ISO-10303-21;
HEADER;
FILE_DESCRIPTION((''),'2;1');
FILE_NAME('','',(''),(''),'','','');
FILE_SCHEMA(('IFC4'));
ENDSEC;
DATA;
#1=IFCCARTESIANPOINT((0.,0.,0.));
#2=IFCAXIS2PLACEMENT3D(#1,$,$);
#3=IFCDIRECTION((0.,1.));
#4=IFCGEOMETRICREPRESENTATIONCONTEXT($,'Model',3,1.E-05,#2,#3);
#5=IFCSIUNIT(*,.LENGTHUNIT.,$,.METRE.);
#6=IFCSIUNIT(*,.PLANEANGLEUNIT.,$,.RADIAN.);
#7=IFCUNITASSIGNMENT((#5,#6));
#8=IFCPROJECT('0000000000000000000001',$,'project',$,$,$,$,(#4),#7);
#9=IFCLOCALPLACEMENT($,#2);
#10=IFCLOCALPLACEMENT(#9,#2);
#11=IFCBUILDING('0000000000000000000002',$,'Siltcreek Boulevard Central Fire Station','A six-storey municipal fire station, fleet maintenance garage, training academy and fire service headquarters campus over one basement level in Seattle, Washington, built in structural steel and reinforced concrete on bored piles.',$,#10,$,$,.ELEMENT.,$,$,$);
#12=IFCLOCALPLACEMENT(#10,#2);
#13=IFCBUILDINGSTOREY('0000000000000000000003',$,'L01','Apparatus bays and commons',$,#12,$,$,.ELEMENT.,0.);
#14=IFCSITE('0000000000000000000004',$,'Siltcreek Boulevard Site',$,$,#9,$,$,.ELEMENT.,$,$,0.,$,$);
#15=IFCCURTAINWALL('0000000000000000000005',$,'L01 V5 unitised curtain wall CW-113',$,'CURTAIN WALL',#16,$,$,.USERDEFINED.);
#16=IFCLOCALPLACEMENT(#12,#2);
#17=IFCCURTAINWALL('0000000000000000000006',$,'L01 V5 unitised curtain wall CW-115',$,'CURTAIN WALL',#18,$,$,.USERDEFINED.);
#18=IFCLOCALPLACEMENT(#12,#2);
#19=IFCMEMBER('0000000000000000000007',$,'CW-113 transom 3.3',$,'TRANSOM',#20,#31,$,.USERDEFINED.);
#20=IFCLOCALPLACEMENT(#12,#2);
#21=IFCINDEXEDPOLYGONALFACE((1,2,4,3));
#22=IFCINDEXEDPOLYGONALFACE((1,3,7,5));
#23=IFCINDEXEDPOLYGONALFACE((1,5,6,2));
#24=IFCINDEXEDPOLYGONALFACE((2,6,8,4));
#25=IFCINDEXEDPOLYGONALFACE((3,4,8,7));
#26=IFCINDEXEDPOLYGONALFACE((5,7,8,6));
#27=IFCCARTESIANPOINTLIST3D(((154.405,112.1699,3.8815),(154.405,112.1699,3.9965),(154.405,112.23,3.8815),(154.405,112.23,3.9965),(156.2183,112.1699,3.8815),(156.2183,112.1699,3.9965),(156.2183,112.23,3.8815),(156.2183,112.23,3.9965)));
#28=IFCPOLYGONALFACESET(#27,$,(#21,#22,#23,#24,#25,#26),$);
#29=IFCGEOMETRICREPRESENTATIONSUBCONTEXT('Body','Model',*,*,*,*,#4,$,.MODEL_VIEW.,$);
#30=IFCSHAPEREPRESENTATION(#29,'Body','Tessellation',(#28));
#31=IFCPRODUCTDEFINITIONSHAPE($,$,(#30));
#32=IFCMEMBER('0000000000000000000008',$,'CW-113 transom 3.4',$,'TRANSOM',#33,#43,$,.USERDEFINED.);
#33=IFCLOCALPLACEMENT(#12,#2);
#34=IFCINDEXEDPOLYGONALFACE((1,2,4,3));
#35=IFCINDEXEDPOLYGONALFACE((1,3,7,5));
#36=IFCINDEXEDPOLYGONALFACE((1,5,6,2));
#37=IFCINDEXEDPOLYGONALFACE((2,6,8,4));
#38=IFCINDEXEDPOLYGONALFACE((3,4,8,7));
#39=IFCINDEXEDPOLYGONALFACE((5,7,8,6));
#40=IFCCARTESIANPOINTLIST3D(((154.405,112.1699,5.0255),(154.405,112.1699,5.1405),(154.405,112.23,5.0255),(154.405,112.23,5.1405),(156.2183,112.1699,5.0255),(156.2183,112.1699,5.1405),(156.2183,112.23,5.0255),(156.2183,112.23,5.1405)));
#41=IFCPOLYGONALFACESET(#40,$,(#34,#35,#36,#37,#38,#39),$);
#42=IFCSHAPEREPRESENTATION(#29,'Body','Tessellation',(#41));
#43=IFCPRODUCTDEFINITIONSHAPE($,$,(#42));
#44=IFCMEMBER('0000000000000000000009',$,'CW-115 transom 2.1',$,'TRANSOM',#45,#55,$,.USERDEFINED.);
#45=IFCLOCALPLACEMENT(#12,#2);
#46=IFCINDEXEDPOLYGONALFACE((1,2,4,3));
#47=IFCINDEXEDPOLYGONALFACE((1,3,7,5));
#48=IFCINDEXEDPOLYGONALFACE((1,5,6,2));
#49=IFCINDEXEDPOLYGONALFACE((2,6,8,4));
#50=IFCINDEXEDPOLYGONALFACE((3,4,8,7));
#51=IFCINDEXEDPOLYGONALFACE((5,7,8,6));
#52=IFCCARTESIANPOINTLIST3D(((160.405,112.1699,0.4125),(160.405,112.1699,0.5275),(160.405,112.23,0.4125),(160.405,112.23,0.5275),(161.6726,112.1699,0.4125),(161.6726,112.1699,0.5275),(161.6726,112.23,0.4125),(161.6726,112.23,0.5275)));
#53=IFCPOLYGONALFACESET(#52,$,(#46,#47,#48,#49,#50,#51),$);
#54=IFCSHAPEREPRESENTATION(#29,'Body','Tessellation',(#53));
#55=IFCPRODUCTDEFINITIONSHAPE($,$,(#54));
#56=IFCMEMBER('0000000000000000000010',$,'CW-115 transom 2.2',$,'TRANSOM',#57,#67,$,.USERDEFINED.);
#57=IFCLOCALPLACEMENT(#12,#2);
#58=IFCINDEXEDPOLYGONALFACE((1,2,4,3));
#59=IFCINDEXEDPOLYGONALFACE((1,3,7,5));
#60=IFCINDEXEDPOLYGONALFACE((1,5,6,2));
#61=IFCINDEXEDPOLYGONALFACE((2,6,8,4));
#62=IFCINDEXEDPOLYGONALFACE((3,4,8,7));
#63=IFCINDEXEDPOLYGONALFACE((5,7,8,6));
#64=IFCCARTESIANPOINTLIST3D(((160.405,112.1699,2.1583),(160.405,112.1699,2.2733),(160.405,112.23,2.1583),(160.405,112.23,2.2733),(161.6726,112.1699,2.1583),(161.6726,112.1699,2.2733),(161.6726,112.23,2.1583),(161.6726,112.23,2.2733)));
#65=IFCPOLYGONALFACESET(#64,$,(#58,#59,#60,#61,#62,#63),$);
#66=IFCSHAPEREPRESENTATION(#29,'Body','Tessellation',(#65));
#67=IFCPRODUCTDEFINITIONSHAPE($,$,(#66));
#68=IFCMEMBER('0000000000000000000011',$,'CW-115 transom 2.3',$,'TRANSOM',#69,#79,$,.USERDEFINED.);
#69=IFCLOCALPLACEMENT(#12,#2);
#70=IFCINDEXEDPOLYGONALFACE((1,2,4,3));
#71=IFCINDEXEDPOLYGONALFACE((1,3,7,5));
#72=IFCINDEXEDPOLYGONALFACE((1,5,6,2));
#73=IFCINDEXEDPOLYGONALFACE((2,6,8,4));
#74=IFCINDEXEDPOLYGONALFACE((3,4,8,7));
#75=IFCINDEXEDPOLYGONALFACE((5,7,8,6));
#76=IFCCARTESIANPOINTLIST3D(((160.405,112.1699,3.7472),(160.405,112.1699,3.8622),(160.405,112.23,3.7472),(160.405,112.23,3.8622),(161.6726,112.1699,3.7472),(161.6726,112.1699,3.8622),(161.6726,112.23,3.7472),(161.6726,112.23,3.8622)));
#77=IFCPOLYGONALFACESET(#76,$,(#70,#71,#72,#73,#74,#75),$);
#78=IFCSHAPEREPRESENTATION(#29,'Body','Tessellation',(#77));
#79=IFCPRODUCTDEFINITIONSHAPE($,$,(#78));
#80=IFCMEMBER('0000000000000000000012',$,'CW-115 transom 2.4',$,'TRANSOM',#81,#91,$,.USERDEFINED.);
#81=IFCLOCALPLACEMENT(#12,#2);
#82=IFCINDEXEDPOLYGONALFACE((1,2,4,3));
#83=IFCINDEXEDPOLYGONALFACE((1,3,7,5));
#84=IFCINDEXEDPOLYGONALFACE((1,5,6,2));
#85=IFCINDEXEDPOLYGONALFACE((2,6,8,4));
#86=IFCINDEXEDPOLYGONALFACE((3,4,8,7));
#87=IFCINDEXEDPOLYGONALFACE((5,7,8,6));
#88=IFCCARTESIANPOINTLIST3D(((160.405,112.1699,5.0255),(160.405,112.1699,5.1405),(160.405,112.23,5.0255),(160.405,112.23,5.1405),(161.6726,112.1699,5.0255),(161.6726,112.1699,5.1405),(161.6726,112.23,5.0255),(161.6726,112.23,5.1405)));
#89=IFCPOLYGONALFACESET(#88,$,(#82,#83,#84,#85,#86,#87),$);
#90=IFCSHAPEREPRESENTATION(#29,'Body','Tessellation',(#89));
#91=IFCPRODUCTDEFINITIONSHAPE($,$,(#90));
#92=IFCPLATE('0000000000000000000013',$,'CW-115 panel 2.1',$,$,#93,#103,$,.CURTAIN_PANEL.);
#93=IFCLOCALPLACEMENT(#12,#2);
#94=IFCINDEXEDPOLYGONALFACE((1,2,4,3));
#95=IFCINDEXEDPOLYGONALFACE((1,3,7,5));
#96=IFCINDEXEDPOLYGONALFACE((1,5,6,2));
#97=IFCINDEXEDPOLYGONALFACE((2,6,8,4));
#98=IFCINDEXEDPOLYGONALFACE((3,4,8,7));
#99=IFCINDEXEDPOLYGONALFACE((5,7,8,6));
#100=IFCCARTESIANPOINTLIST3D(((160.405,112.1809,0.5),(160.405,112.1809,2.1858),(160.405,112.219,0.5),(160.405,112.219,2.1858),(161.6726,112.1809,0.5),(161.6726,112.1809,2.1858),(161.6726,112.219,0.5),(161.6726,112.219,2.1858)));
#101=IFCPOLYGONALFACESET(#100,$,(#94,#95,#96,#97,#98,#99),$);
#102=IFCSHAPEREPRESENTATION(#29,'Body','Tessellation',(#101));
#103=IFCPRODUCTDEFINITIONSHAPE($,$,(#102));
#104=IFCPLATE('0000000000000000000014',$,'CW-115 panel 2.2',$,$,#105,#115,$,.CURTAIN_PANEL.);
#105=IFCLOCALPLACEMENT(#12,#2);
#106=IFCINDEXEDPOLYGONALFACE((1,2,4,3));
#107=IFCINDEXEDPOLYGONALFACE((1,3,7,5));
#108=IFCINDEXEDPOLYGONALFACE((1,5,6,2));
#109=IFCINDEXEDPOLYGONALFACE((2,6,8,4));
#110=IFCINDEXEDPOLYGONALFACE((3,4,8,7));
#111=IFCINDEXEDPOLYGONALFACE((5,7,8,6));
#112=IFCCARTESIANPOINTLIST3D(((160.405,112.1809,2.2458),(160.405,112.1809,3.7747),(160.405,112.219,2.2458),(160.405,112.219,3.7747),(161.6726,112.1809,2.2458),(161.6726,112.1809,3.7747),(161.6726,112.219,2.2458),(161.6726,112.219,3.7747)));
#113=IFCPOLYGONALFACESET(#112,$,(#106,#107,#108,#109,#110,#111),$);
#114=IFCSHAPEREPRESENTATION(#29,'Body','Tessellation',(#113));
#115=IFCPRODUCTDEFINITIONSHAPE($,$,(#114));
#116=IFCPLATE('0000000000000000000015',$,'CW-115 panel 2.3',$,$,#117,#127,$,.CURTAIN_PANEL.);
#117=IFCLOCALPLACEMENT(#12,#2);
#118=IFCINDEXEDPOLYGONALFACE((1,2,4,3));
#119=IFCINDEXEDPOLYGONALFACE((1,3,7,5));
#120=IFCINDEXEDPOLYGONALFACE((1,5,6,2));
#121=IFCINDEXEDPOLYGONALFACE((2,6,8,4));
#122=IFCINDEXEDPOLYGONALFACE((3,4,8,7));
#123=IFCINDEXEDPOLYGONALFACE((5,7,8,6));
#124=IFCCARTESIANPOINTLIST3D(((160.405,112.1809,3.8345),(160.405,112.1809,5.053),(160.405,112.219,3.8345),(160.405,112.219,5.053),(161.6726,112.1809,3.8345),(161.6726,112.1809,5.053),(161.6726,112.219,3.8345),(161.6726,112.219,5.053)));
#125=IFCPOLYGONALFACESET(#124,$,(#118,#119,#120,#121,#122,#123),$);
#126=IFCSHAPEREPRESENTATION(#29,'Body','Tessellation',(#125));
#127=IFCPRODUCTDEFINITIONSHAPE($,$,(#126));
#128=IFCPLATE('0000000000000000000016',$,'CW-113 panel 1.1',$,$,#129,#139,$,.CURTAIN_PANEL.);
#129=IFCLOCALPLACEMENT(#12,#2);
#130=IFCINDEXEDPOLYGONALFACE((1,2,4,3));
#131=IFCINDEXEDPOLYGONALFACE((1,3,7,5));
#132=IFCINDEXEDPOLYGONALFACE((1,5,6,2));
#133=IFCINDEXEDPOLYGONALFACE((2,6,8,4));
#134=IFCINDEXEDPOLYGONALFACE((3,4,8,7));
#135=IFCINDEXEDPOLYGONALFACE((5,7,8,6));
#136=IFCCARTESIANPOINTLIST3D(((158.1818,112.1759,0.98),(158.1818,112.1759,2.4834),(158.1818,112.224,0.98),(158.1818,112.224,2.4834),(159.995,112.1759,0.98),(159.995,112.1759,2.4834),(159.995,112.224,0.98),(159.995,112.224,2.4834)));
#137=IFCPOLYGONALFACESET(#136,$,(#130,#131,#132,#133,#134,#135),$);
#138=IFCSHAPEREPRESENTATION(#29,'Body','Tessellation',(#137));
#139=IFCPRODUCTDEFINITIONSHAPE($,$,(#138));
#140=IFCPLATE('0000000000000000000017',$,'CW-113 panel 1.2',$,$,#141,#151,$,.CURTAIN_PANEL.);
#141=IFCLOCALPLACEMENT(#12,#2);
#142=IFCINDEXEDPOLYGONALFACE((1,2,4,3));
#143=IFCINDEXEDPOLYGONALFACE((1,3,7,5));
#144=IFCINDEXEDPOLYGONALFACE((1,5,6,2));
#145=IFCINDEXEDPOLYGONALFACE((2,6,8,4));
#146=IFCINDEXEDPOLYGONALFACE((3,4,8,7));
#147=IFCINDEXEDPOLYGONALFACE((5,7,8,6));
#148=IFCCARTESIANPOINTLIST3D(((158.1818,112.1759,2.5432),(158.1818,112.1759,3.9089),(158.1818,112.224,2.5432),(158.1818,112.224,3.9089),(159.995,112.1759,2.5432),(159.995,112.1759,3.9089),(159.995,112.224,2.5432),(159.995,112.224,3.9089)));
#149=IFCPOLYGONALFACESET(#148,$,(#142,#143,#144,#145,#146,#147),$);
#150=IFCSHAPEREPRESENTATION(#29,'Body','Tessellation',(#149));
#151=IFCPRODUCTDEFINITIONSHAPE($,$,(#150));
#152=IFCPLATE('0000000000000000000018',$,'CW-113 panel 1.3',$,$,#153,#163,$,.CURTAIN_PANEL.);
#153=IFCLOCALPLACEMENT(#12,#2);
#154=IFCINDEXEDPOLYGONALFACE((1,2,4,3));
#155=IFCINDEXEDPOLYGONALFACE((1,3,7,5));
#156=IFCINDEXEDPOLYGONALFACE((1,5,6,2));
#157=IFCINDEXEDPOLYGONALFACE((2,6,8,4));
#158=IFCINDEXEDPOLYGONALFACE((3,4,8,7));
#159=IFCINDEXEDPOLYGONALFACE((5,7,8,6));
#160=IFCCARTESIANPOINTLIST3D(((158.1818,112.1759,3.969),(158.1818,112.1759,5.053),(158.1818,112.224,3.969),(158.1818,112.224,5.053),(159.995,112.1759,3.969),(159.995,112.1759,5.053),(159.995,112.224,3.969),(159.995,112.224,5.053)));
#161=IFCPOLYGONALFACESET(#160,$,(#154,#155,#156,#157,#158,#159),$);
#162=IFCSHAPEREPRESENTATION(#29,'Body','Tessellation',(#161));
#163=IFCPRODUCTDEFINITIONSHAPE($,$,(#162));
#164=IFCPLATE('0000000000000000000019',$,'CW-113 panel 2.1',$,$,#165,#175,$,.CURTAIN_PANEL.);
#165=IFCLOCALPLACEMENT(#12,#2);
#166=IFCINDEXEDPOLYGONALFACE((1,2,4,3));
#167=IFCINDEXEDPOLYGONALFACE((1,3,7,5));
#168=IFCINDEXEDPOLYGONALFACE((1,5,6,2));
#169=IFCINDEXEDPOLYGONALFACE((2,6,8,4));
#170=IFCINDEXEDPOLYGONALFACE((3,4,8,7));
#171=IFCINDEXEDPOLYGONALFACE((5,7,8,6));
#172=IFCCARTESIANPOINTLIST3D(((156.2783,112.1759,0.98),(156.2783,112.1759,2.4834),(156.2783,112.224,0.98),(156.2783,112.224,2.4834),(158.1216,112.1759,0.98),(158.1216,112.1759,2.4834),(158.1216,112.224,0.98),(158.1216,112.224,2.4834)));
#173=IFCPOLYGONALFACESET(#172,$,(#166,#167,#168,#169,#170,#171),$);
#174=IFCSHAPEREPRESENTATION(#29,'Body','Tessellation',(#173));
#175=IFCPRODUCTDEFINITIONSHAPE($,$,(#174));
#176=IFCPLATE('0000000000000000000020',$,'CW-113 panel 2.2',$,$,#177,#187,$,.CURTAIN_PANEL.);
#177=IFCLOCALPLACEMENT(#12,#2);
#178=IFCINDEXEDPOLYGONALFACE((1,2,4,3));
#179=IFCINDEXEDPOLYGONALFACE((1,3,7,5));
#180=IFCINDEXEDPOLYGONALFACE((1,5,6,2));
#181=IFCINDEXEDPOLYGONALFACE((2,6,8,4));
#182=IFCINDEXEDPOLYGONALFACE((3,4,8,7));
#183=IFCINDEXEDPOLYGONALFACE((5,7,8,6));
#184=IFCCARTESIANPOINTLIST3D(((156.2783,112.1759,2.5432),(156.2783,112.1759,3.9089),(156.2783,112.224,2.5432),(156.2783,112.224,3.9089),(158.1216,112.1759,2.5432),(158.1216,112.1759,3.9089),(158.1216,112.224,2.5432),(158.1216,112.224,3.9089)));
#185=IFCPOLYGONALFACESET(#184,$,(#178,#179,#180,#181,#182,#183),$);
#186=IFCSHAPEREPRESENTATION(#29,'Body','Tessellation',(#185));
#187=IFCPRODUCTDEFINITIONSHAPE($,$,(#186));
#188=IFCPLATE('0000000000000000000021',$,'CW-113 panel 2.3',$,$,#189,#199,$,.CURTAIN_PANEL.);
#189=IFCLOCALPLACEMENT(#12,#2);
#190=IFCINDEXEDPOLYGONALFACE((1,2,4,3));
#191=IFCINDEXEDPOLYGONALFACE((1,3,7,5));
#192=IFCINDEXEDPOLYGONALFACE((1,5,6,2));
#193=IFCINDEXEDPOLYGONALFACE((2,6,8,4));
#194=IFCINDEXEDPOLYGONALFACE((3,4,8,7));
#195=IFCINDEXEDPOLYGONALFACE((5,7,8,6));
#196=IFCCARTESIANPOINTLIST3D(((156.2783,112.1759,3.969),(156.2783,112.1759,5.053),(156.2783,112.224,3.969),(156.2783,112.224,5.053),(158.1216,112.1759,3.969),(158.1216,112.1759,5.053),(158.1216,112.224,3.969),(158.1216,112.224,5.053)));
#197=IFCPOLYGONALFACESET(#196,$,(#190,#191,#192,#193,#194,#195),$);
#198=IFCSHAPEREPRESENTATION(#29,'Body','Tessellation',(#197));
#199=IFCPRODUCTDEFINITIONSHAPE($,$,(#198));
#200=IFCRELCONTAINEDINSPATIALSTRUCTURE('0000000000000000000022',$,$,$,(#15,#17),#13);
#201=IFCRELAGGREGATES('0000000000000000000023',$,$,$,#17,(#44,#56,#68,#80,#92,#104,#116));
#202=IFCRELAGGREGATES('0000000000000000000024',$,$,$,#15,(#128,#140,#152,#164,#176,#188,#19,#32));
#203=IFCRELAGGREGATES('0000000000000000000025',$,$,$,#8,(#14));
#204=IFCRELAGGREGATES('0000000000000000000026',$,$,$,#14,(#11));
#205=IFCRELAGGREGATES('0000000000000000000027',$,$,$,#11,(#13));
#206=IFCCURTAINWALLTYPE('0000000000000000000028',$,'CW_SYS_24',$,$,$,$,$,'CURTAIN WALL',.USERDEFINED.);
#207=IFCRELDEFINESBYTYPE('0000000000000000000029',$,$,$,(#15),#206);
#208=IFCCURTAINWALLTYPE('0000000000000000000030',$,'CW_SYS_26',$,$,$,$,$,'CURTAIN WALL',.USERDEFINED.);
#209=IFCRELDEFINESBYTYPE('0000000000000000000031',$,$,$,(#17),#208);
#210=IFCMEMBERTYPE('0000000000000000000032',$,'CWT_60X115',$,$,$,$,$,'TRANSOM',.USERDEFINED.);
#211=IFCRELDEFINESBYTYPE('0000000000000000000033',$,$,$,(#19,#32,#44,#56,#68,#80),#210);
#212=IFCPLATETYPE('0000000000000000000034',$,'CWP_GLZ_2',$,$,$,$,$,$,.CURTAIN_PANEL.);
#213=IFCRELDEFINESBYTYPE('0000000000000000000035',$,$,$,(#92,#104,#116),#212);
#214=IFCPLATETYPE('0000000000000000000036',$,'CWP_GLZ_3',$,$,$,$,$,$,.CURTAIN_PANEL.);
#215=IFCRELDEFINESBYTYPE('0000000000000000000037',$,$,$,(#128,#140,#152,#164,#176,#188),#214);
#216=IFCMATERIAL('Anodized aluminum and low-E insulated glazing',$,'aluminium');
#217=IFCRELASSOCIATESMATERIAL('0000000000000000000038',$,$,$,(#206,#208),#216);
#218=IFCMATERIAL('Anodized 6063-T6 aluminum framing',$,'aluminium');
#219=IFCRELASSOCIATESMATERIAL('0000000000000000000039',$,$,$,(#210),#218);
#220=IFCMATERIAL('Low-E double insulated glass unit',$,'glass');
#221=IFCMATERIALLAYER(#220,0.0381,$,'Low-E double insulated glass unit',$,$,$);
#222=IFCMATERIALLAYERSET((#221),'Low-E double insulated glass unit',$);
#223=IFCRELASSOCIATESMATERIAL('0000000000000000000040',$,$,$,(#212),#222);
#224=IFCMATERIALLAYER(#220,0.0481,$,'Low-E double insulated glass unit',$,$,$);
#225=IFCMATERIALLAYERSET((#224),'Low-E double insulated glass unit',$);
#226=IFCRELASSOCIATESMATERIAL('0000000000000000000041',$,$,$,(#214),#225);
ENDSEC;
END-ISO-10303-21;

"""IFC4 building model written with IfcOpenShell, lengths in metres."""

from ifc_helpers import new_model, si_unit, direction, frame, origin, origin_2d, place, context, subcontext, project, spatial, rectangle, extrude, material, layer, layer_set, material_profile, profile_set, type_object, element, aggregate, save


model = new_model("IFC4")

# Units and contexts
model_context = context("Model", 3, precision=1e-05, world=origin(), true_north=direction((0.0, 1.0)))
body_context = subcontext(model_context, "Body", "Model", "MODEL_VIEW")
ifc_project = project(units=[si_unit("LENGTHUNIT", "METRE"), si_unit("PLANEANGLEUNIT", "RADIAN")], contexts=[model_context])

# Site, building, storey
site_placement = place(None, origin())
site = spatial("IfcSite", under=ifc_project, at=site_placement, Name="Siltcreek Boulevard Site", CompositionType="ELEMENT", RefElevation=0.0)
building_placement = place(site_placement, origin())
building = spatial("IfcBuilding", under=site, at=building_placement, Name="Siltcreek Boulevard Central Fire Station", Description="A six-storey municipal fire station, fleet maintenance garage, training academy and fire service headquarters campus over one basement level in Seattle, Washington, built in structural steel and reinforced concrete on bored piles.", CompositionType="ELEMENT")
storey_placement = place(building_placement, origin())
storey = spatial("IfcBuildingStorey", under=building, at=storey_placement, Name="L01", Description="Apparatus bays and commons", CompositionType="ELEMENT", Elevation=0.0)

# Curtain walls
ifc_material_1 = material(Name="Anodized aluminum and low-E insulated glazing", Category="aluminium")
curtain_wall_type_1 = type_object("IfcCurtainWallType", Name="CW_SYS_24", ElementType="CURTAIN WALL", PredefinedType="USERDEFINED", material=ifc_material_1)
curtain_wall_1_placement = place(storey_placement, origin())
curtain_wall_1 = element("IfcCurtainWall", 1, at=curtain_wall_1_placement, inside=storey, type_object=curtain_wall_type_1, Name="L01 V5 unitised curtain wall CW-113", ObjectType="CURTAIN WALL", PredefinedType="USERDEFINED")
ifc_material_2 = material(Name="Anodized 6063-T6 aluminum framing", Category="aluminium")
curtain_wall_type_2 = type_object("IfcCurtainWallType", Name="CW_SYS_26", ElementType="CURTAIN WALL", PredefinedType="USERDEFINED", material=ifc_material_1)
curtain_wall_2_placement = place(storey_placement, origin())
curtain_wall_2 = element("IfcCurtainWall", 2, at=curtain_wall_2_placement, inside=storey, type_object=curtain_wall_type_2, Name="L01 V5 unitised curtain wall CW-115", ObjectType="CURTAIN WALL", PredefinedType="USERDEFINED")

# Members
ifc_material_profile_1 = material_profile(ifc_material_2, rectangle(XDim=0.0601, YDim=0.115, at=origin_2d()), Name="TRAN60X115")
ifc_profile_set_1 = profile_set([ifc_material_profile_1], Name="Anodized 6063-T6 aluminum framing")
member_type_1 = type_object("IfcMemberType", Name="CWT_60X115", ElementType="TRANSOM", PredefinedType="USERDEFINED", material=ifc_profile_set_1)
member_1_placement = place(storey_placement, frame((156.2183, 112.2, 3.939), z_axis=(-1.0, 0.0, 0.0), x_axis=(0.0, -1.0, 0.0)))
member_1 = element("IfcMember", 3, at=member_1_placement, type_object=member_type_1, Name="CW-113 transom 3.3", ObjectType="TRANSOM", PredefinedType="USERDEFINED", context=body_context, shape_type="SweptSolid", body=[
    extrude(rectangle(XDim=0.0601, YDim=0.115, at=origin_2d()), origin(), (0.0, 0.0, 1.0), 1.8132),
])
member_2_placement = place(storey_placement, frame((156.2183, 112.2, 5.083), z_axis=(-1.0, 0.0, 0.0), x_axis=(0.0, -1.0, 0.0)))
member_2 = element("IfcMember", 4, at=member_2_placement, type_object=member_type_1, Name="CW-113 transom 3.4", ObjectType="TRANSOM", PredefinedType="USERDEFINED", context=body_context, shape_type="SweptSolid", body=[
    extrude(rectangle(XDim=0.0601, YDim=0.115, at=origin_2d()), origin(), (0.0, 0.0, 1.0), 1.8132),
])
member_3_placement = place(storey_placement, frame((161.6726, 112.2, 0.47), z_axis=(-1.0, 0.0, 0.0), x_axis=(0.0, -1.0, 0.0)))
member_3 = element("IfcMember", 5, at=member_3_placement, type_object=member_type_1, Name="CW-115 transom 2.1", ObjectType="TRANSOM", PredefinedType="USERDEFINED", context=body_context, shape_type="SweptSolid", body=[
    extrude(rectangle(XDim=0.0601, YDim=0.115, at=origin_2d()), origin(), (0.0, 0.0, 1.0), 1.2676),
])
member_4_placement = place(storey_placement, frame((161.6726, 112.2, 2.2158), z_axis=(-1.0, 0.0, 0.0), x_axis=(0.0, -1.0, 0.0)))
member_4 = element("IfcMember", 6, at=member_4_placement, type_object=member_type_1, Name="CW-115 transom 2.2", ObjectType="TRANSOM", PredefinedType="USERDEFINED", context=body_context, shape_type="SweptSolid", body=[
    extrude(rectangle(XDim=0.0601, YDim=0.115, at=origin_2d()), origin(), (0.0, 0.0, 1.0), 1.2676),
])
member_5_placement = place(storey_placement, frame((161.6726, 112.2, 3.8047), z_axis=(-1.0, 0.0, 0.0), x_axis=(0.0, -1.0, 0.0)))
member_5 = element("IfcMember", 7, at=member_5_placement, type_object=member_type_1, Name="CW-115 transom 2.3", ObjectType="TRANSOM", PredefinedType="USERDEFINED", context=body_context, shape_type="SweptSolid", body=[
    extrude(rectangle(XDim=0.0601, YDim=0.115, at=origin_2d()), origin(), (0.0, 0.0, 1.0), 1.2676),
])
member_6_placement = place(storey_placement, frame((161.6726, 112.2, 5.083), z_axis=(-1.0, 0.0, 0.0), x_axis=(0.0, -1.0, 0.0)))
member_6 = element("IfcMember", 8, at=member_6_placement, type_object=member_type_1, Name="CW-115 transom 2.4", ObjectType="TRANSOM", PredefinedType="USERDEFINED", context=body_context, shape_type="SweptSolid", body=[
    extrude(rectangle(XDim=0.0601, YDim=0.115, at=origin_2d()), origin(), (0.0, 0.0, 1.0), 1.2676),
])

# Plates
ifc_material_3 = material(Name="Low-E double insulated glass unit", Category="glass")
ifc_layer_1 = layer(ifc_material_3, 0.0381, Name="Low-E double insulated glass unit")
ifc_layer_set_1 = layer_set([ifc_layer_1], Name="Low-E double insulated glass unit")
plate_type_1 = type_object("IfcPlateType", Name="CWP_GLZ_2", PredefinedType="CURTAIN_PANEL", material=ifc_layer_set_1)
plate_1_placement = place(storey_placement, frame((161.0388, 112.2, 0.5), z_axis=(0.0, 0.0, 1.0), x_axis=(-1.0, 0.0, 0.0)))
plate_1 = element("IfcPlate", 9, at=plate_1_placement, type_object=plate_type_1, Name="CW-115 panel 2.1", PredefinedType="CURTAIN_PANEL", context=body_context, shape_type="SweptSolid", body=[
    extrude(rectangle(XDim=1.2676, YDim=0.0381, at=origin_2d()), origin(), (0.0, 0.0, 1.0), 1.6858),
])
plate_2_placement = place(storey_placement, frame((161.0388, 112.2, 2.2458), z_axis=(0.0, 0.0, 1.0), x_axis=(-1.0, 0.0, 0.0)))
plate_2 = element("IfcPlate", 10, at=plate_2_placement, type_object=plate_type_1, Name="CW-115 panel 2.2", PredefinedType="CURTAIN_PANEL", context=body_context, shape_type="SweptSolid", body=[
    extrude(rectangle(XDim=1.2676, YDim=0.0381, at=origin_2d()), origin(), (0.0, 0.0, 1.0), 1.5288),
])
plate_3_placement = place(storey_placement, frame((161.0388, 112.2, 3.8345), z_axis=(0.0, 0.0, 1.0), x_axis=(-1.0, 0.0, 0.0)))
plate_3 = element("IfcPlate", 11, at=plate_3_placement, type_object=plate_type_1, Name="CW-115 panel 2.3", PredefinedType="CURTAIN_PANEL", context=body_context, shape_type="SweptSolid", body=[
    extrude(rectangle(XDim=1.2676, YDim=0.0381, at=origin_2d()), origin(), (0.0, 0.0, 1.0), 1.2185),
])
aggregate(curtain_wall_2, [member_3, member_4, member_5, member_6, plate_1, plate_2, plate_3])
ifc_layer_2 = layer(ifc_material_3, 0.0481, Name="Low-E double insulated glass unit")
ifc_layer_set_2 = layer_set([ifc_layer_2], Name="Low-E double insulated glass unit")
plate_type_2 = type_object("IfcPlateType", Name="CWP_GLZ_3", PredefinedType="CURTAIN_PANEL", material=ifc_layer_set_2)
plate_4_placement = place(storey_placement, frame((159.0884, 112.2, 0.98), z_axis=(0.0, 0.0, 1.0), x_axis=(-1.0, 0.0, 0.0)))
plate_4 = element("IfcPlate", 12, at=plate_4_placement, type_object=plate_type_2, Name="CW-113 panel 1.1", PredefinedType="CURTAIN_PANEL", context=body_context, shape_type="SweptSolid", body=[
    extrude(rectangle(XDim=1.8132, YDim=0.0481, at=origin_2d()), origin(), (0.0, 0.0, 1.0), 1.5034),
])
plate_5_placement = place(storey_placement, frame((159.0884, 112.2, 2.5432), z_axis=(0.0, 0.0, 1.0), x_axis=(-1.0, 0.0, 0.0)))
plate_5 = element("IfcPlate", 13, at=plate_5_placement, type_object=plate_type_2, Name="CW-113 panel 1.2", PredefinedType="CURTAIN_PANEL", context=body_context, shape_type="SweptSolid", body=[
    extrude(rectangle(XDim=1.8132, YDim=0.0481, at=origin_2d()), origin(), (0.0, 0.0, 1.0), 1.3657),
])
plate_6_placement = place(storey_placement, frame((159.0884, 112.2, 3.969), z_axis=(0.0, 0.0, 1.0), x_axis=(-1.0, 0.0, 0.0)))
plate_6 = element("IfcPlate", 14, at=plate_6_placement, type_object=plate_type_2, Name="CW-113 panel 1.3", PredefinedType="CURTAIN_PANEL", context=body_context, shape_type="SweptSolid", body=[
    extrude(rectangle(XDim=1.8132, YDim=0.0481, at=origin_2d()), origin(), (0.0, 0.0, 1.0), 1.084),
])
plate_7_placement = place(storey_placement, frame((157.2, 112.2, 0.98), z_axis=(0.0, 0.0, 1.0), x_axis=(-1.0, 0.0, 0.0)))
plate_7 = element("IfcPlate", 15, at=plate_7_placement, type_object=plate_type_2, Name="CW-113 panel 2.1", PredefinedType="CURTAIN_PANEL", context=body_context, shape_type="SweptSolid", body=[
    extrude(rectangle(XDim=1.8433, YDim=0.0481, at=origin_2d()), origin(), (0.0, 0.0, 1.0), 1.5034),
])
plate_8_placement = place(storey_placement, frame((157.2, 112.2, 2.5432), z_axis=(0.0, 0.0, 1.0), x_axis=(-1.0, 0.0, 0.0)))
plate_8 = element("IfcPlate", 16, at=plate_8_placement, type_object=plate_type_2, Name="CW-113 panel 2.2", PredefinedType="CURTAIN_PANEL", context=body_context, shape_type="SweptSolid", body=[
    extrude(rectangle(XDim=1.8433, YDim=0.0481, at=origin_2d()), origin(), (0.0, 0.0, 1.0), 1.3657),
])
plate_9_placement = place(storey_placement, frame((157.2, 112.2, 3.969), z_axis=(0.0, 0.0, 1.0), x_axis=(-1.0, 0.0, 0.0)))
plate_9 = element("IfcPlate", 17, at=plate_9_placement, type_object=plate_type_2, Name="CW-113 panel 2.3", PredefinedType="CURTAIN_PANEL", context=body_context, shape_type="SweptSolid", body=[
    extrude(rectangle(XDim=1.8433, YDim=0.0481, at=origin_2d()), origin(), (0.0, 0.0, 1.0), 1.084),
])
aggregate(curtain_wall_1, [plate_4, plate_5, plate_6, plate_7, plate_8, plate_9, member_1, member_2])

save(model, "model.ifc")
